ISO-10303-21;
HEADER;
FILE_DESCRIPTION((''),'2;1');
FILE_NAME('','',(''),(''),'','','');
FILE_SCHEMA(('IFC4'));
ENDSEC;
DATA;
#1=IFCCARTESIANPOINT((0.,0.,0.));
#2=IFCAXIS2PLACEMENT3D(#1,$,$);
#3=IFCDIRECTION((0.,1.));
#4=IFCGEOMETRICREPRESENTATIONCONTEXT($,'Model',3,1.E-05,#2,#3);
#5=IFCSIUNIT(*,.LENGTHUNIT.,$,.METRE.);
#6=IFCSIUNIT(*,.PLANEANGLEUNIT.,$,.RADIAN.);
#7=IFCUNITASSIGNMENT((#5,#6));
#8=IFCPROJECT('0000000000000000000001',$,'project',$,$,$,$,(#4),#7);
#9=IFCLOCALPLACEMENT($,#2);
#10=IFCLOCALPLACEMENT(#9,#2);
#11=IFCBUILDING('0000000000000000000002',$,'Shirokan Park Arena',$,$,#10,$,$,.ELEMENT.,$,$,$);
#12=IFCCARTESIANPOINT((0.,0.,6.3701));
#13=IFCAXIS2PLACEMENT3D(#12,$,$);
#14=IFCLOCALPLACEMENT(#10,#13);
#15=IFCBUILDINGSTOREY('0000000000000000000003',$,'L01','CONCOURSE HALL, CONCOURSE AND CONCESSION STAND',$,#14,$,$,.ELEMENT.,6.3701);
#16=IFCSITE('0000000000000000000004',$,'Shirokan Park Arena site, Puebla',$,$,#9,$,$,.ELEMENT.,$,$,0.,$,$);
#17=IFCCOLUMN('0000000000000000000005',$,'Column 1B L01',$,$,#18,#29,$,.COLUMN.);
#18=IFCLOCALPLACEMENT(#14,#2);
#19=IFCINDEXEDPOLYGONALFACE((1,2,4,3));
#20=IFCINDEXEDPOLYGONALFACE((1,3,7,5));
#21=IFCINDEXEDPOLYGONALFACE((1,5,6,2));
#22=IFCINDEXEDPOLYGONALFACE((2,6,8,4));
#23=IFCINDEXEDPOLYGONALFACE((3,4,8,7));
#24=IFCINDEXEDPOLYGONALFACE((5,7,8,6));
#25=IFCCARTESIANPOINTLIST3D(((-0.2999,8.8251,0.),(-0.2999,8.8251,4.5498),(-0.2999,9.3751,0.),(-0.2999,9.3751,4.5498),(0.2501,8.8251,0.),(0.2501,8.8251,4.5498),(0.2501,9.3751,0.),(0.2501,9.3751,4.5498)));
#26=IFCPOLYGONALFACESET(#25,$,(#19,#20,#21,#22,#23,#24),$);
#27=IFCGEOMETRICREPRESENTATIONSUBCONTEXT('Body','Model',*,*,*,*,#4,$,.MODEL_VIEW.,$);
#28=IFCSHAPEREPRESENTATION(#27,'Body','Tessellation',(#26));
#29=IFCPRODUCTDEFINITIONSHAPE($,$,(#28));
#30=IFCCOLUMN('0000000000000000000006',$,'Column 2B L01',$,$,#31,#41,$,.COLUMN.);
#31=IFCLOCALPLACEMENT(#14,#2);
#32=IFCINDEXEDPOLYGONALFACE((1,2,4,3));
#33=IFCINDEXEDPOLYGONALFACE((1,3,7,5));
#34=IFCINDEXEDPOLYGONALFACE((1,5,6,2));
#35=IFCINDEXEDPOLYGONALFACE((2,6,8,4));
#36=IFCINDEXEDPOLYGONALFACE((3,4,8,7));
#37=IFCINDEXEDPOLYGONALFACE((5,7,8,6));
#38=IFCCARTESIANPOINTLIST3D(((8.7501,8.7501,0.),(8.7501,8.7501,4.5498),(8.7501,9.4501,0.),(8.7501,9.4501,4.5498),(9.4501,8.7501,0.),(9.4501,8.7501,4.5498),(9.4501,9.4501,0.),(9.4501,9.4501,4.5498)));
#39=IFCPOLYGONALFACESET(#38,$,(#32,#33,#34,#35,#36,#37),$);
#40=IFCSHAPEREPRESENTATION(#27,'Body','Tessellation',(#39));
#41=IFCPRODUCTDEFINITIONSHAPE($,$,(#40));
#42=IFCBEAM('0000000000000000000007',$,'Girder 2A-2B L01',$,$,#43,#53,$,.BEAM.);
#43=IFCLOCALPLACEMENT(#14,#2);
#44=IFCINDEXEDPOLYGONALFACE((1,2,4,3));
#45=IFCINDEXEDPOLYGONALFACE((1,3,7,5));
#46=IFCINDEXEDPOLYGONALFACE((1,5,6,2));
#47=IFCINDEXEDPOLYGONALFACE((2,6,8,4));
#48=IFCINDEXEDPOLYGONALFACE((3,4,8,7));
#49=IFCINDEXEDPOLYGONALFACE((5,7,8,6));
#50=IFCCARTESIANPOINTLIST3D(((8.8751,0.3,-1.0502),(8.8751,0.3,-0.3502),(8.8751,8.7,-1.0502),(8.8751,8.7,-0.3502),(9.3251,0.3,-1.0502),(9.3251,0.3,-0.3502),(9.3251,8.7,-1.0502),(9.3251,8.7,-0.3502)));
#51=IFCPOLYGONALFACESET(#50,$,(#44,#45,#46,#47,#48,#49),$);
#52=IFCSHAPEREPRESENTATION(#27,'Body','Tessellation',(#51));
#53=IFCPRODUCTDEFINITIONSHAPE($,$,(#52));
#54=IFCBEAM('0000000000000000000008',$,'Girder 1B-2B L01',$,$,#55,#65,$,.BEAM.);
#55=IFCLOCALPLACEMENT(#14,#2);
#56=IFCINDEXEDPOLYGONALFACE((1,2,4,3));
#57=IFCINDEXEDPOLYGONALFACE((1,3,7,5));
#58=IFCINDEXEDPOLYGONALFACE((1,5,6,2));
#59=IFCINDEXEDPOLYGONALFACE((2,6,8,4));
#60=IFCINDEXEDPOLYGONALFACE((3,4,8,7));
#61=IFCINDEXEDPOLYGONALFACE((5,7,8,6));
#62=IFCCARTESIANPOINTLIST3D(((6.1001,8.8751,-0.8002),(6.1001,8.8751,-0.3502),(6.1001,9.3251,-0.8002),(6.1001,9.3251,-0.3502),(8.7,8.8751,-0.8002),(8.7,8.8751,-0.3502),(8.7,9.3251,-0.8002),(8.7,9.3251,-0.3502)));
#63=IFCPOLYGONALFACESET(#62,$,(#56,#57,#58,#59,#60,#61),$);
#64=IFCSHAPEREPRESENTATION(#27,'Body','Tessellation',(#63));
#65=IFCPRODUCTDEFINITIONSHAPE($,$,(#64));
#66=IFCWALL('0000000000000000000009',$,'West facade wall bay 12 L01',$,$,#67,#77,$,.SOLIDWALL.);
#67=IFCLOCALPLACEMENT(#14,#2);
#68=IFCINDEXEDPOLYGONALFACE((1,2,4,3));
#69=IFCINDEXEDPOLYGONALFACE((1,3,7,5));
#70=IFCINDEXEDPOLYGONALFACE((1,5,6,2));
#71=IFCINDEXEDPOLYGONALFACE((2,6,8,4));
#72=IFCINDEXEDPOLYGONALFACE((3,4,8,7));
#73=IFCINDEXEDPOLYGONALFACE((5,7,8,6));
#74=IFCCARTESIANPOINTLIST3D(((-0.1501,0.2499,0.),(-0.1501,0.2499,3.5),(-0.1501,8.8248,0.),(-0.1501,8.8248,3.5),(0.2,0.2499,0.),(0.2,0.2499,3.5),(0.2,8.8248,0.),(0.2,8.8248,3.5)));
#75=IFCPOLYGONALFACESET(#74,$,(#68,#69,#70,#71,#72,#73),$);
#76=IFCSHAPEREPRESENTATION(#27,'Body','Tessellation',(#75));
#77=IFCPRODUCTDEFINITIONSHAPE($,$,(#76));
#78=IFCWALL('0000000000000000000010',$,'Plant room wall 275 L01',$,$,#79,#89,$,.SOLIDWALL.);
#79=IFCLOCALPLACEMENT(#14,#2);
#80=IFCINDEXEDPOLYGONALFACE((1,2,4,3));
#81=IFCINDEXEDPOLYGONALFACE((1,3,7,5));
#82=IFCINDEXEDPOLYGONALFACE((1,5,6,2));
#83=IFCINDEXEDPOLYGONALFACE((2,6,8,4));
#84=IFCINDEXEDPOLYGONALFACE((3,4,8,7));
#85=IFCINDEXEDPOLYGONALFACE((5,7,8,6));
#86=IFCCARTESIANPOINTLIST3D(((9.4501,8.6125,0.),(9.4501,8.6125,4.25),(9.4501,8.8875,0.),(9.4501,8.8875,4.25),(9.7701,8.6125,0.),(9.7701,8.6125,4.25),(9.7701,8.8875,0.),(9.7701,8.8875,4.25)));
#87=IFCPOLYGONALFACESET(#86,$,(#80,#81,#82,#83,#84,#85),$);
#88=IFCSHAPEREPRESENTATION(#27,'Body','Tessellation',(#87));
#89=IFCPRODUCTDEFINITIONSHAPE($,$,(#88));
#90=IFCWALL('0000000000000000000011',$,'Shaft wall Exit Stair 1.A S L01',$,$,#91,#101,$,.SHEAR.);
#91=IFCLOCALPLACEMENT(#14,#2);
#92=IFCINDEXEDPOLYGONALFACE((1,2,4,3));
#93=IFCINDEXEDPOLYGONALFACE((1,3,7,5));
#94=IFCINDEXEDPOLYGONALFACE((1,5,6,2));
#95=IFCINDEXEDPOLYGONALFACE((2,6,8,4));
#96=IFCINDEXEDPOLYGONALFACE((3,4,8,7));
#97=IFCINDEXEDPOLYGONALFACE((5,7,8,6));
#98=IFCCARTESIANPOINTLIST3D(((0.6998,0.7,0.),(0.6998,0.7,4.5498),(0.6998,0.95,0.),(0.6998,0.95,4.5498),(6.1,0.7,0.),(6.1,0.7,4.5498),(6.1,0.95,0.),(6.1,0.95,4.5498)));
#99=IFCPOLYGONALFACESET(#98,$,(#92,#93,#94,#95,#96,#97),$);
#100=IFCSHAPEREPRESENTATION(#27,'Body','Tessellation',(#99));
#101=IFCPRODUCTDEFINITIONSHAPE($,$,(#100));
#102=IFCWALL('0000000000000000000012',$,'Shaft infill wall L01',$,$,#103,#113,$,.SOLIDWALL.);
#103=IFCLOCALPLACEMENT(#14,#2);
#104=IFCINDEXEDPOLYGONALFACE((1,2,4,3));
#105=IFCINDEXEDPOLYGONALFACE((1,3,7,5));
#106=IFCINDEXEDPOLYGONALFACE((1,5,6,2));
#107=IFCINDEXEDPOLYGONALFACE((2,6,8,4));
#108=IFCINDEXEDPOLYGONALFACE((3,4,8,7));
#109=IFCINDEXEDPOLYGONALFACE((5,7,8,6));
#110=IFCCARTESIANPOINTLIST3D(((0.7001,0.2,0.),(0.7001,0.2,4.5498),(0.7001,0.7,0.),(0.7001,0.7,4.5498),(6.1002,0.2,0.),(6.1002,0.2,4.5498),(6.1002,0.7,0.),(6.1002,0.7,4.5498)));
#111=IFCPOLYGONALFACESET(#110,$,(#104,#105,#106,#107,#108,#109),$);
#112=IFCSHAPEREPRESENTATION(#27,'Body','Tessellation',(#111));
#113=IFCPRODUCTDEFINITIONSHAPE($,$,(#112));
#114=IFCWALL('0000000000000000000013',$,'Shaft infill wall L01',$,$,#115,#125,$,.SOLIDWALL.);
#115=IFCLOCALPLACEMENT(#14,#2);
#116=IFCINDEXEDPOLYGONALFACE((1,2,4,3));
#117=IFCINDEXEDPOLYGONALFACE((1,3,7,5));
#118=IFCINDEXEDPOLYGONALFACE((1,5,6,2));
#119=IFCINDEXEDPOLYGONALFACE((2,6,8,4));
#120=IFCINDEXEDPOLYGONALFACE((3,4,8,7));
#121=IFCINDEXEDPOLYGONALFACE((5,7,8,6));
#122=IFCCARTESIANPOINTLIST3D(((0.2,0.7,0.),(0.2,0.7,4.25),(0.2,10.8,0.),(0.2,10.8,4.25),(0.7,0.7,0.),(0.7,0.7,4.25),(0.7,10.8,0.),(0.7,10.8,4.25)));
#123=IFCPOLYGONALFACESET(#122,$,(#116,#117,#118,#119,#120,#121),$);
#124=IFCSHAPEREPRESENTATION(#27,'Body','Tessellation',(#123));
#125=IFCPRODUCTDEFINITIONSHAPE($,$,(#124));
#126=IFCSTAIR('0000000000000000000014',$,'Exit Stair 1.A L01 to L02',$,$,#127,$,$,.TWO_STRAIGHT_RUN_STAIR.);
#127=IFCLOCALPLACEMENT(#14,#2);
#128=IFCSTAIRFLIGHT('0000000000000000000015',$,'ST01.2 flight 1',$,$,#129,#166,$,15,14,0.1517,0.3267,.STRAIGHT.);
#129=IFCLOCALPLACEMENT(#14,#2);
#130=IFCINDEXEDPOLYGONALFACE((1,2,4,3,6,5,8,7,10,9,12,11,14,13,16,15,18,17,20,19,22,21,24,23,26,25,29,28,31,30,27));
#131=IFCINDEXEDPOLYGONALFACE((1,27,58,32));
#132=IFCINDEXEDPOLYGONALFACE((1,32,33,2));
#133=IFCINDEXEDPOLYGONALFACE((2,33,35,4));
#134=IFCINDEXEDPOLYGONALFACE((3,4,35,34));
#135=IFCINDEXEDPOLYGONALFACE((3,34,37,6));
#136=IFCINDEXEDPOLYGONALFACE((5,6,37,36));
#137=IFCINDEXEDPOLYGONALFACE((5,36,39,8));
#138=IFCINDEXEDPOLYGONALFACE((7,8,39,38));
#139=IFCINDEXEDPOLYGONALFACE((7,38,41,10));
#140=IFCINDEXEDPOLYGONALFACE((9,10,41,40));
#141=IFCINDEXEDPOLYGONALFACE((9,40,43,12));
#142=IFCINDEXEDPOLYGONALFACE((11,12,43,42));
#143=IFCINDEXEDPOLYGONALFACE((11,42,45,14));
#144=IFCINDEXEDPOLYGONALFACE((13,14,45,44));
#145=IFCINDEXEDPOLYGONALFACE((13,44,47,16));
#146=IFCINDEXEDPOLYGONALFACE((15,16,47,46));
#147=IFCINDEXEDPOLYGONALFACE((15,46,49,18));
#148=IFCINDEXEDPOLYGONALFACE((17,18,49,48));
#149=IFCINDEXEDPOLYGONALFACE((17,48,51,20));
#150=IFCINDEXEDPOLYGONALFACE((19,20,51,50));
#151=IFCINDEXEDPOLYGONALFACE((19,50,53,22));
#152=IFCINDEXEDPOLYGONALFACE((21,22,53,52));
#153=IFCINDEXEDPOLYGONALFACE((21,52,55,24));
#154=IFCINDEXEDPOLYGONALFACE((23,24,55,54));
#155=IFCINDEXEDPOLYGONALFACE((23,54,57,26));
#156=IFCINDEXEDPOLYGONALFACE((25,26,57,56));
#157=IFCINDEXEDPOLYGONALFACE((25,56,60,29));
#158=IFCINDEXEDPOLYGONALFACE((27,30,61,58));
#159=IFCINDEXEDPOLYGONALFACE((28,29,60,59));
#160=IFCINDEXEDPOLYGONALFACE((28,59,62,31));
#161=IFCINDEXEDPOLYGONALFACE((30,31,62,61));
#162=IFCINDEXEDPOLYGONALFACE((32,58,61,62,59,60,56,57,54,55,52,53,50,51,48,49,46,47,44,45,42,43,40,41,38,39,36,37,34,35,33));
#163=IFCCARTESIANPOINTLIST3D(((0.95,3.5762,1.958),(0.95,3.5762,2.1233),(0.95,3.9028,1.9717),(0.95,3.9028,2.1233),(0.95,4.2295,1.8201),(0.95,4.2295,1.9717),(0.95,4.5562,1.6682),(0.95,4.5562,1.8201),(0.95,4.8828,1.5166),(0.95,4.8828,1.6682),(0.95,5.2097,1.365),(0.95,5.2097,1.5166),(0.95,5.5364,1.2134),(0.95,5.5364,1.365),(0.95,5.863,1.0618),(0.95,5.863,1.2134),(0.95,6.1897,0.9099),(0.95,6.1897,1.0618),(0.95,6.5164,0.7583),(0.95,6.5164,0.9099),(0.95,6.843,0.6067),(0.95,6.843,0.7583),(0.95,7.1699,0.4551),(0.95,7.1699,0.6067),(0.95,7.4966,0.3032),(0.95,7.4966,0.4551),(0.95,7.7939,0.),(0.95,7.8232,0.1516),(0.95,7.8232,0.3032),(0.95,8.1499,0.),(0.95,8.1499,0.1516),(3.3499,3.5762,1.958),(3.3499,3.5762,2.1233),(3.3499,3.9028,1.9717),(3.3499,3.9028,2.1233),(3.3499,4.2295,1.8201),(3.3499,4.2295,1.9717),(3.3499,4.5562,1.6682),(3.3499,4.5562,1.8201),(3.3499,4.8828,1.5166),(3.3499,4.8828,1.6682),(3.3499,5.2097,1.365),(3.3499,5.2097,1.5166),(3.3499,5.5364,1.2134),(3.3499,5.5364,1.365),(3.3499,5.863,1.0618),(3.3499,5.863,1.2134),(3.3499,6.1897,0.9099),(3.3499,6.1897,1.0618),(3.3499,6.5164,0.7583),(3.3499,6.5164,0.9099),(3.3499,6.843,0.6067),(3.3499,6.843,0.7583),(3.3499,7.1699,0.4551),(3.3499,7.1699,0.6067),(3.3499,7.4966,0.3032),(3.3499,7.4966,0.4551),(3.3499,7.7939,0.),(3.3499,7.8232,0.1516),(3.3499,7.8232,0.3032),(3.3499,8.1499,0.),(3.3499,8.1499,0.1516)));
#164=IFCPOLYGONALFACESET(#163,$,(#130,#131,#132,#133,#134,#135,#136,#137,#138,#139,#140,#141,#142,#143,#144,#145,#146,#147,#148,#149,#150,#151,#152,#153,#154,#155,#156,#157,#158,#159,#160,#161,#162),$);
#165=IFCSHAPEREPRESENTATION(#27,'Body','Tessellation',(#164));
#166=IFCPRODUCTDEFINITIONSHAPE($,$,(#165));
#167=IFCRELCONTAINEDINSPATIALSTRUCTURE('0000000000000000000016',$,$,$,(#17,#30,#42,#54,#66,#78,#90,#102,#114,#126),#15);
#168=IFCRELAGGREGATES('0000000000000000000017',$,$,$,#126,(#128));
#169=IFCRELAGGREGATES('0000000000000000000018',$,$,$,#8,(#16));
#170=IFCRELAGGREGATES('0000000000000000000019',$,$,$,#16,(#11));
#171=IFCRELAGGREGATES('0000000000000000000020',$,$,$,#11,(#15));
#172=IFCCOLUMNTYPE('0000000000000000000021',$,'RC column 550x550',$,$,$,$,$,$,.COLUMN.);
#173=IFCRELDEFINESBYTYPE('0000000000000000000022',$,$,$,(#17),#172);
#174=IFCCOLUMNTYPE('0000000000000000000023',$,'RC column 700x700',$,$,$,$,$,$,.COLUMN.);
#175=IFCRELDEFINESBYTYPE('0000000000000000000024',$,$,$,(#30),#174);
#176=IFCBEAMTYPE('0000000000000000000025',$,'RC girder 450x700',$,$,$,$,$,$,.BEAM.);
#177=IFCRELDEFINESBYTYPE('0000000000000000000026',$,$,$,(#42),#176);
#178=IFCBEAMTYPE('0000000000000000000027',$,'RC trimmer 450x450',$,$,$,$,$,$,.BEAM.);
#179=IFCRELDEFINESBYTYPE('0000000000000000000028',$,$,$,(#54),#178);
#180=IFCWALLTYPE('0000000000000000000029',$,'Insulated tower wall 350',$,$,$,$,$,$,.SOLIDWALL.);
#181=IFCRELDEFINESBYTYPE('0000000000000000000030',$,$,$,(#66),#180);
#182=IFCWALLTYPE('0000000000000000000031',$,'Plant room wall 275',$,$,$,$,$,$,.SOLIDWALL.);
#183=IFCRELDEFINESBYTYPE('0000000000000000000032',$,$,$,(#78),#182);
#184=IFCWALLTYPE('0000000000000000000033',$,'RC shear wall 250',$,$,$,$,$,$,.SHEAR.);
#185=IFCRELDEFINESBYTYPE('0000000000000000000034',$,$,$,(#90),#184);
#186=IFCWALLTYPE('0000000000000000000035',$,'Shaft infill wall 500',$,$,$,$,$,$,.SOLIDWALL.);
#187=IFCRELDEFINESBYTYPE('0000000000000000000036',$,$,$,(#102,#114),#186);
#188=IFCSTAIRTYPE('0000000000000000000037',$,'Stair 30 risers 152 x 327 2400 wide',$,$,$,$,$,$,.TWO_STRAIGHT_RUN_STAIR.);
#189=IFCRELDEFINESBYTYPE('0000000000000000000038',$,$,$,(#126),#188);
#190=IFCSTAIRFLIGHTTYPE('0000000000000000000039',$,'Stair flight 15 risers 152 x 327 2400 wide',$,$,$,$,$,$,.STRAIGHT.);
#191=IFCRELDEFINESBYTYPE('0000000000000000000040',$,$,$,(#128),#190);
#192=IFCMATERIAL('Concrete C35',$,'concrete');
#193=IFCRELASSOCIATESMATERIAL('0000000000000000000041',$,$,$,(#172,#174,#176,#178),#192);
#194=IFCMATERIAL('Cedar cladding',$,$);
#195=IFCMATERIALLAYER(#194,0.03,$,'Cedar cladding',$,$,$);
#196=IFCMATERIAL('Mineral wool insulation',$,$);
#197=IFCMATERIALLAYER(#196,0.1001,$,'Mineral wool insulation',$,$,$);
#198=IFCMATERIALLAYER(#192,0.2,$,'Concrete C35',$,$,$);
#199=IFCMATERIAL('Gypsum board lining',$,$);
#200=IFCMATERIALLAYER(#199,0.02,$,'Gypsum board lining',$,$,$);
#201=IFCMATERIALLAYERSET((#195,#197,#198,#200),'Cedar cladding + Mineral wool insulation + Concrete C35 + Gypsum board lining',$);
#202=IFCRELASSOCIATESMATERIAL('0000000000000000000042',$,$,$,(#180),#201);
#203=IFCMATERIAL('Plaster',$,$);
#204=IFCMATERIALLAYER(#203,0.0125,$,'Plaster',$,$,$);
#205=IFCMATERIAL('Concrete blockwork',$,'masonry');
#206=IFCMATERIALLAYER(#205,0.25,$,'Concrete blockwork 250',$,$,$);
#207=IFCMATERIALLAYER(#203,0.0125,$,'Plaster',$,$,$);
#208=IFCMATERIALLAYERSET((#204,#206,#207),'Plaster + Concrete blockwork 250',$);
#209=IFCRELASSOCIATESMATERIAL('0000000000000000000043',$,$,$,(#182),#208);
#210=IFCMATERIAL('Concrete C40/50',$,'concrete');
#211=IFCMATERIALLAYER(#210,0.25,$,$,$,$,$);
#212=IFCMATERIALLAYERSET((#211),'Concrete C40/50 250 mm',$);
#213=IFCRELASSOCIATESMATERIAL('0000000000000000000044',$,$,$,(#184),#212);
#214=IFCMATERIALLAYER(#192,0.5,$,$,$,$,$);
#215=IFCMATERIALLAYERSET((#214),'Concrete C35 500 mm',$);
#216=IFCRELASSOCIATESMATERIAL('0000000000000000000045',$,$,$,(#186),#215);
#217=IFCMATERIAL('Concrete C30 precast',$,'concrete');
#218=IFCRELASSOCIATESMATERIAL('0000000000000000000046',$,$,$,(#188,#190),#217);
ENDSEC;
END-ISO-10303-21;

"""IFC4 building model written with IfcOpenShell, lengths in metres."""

from ifc_helpers import new_model, si_unit, direction, frame, frame_2d, origin, origin_2d, place, context, subcontext, project, spatial, polyline, rectangle, outline, extrude, material, layer, layer_set, material_profile, profile_set, type_object, element, aggregate, save


model = new_model("IFC4")

# Units and contexts
model_context = context("Model", 3, precision=1e-05, world=origin(), true_north=direction((0.0, 1.0)))
body_context = subcontext(model_context, "Body", "Model", "MODEL_VIEW")
ifc_project = project(units=[si_unit("LENGTHUNIT", "METRE"), si_unit("PLANEANGLEUNIT", "RADIAN")], contexts=[model_context])

# Site, building, storey
site_placement = place(None, origin())
site = spatial("IfcSite", under=ifc_project, at=site_placement, Name="Shirokan Park Arena site, Puebla", CompositionType="ELEMENT", RefElevation=0.0)
building_placement = place(site_placement, origin())
building = spatial("IfcBuilding", under=site, at=building_placement, Name="Shirokan Park Arena", CompositionType="ELEMENT")
storey_placement = place(building_placement, frame((0.0, 0.0, 6.3701)))
storey = spatial("IfcBuildingStorey", under=building, at=storey_placement, Name="L01", Description="CONCOURSE HALL, CONCOURSE AND CONCESSION STAND", CompositionType="ELEMENT", Elevation=6.3701)

# Columns
ifc_material_1 = material(Name="Concrete C35", Category="concrete")
ifc_material_profile_1 = material_profile(ifc_material_1, rectangle(XDim=0.55, YDim=0.55, at=origin_2d()), Name="550x550")
ifc_profile_set_1 = profile_set([ifc_material_profile_1], Name="Concrete C35")
column_type_1 = type_object("IfcColumnType", Name="RC column 550x550", PredefinedType="COLUMN", material=ifc_profile_set_1)
column_1_placement = place(storey_placement, frame((-0.0249, 9.1001, 0.0), z_axis=(0.0, 0.0, 1.0), x_axis=(1.0, 0.0, 0.0)))
element("IfcColumn", 1, at=column_1_placement, inside=storey, type_object=column_type_1, Name="Column 1B L01", PredefinedType="COLUMN", context=body_context, shape_type="SweptSolid", body=[
    extrude(rectangle(XDim=0.55, YDim=0.55, at=origin_2d()), origin(), (0.0, 0.0, 1.0), 4.5498),
])
ifc_material_profile_2 = material_profile(ifc_material_1, rectangle(XDim=0.7, YDim=0.7, at=origin_2d()), Name="700x700")
ifc_profile_set_2 = profile_set([ifc_material_profile_2], Name="Concrete C35")
column_type_2 = type_object("IfcColumnType", Name="RC column 700x700", PredefinedType="COLUMN", material=ifc_profile_set_2)
column_2_placement = place(storey_placement, frame((9.1001, 9.1001, 0.0), z_axis=(0.0, 0.0, 1.0), x_axis=(1.0, 0.0, 0.0)))
element("IfcColumn", 2, at=column_2_placement, inside=storey, type_object=column_type_2, Name="Column 2B L01", PredefinedType="COLUMN", context=body_context, shape_type="SweptSolid", body=[
    extrude(rectangle(XDim=0.7, YDim=0.7, at=origin_2d()), origin(), (0.0, 0.0, 1.0), 4.5498),
])

# Beams
ifc_material_profile_3 = material_profile(ifc_material_1, rectangle(XDim=0.45, YDim=0.7, at=origin_2d()), Name="450x700")
ifc_profile_set_3 = profile_set([ifc_material_profile_3], Name="Concrete C35")
beam_type_1 = type_object("IfcBeamType", Name="RC girder 450x700", PredefinedType="BEAM", material=ifc_profile_set_3)
beam_1_placement = place(storey_placement, frame((9.1001, 0.3, -0.7002), z_axis=(0.0, 1.0, 0.0), x_axis=(-1.0, 0.0, 0.0)))
element("IfcBeam", 3, at=beam_1_placement, inside=storey, type_object=beam_type_1, Name="Girder 2A-2B L01", PredefinedType="BEAM", context=body_context, shape_type="SweptSolid", body=[
    extrude(rectangle(XDim=0.45, YDim=0.7, at=origin_2d()), origin(), (0.0, 0.0, 1.0), 8.3999),
])
ifc_material_profile_4 = material_profile(ifc_material_1, rectangle(XDim=0.45, YDim=0.45, at=origin_2d()), Name="450x450")
ifc_profile_set_4 = profile_set([ifc_material_profile_4], Name="Concrete C35")
beam_type_2 = type_object("IfcBeamType", Name="RC trimmer 450x450", PredefinedType="BEAM", material=ifc_profile_set_4)
beam_2_placement = place(storey_placement, frame((6.1001, 9.1001, -0.5752), z_axis=(1.0, 0.0, 0.0), x_axis=(0.0, 1.0, 0.0)))
element("IfcBeam", 4, at=beam_2_placement, inside=storey, type_object=beam_type_2, Name="Girder 1B-2B L01", PredefinedType="BEAM", context=body_context, shape_type="SweptSolid", body=[
    extrude(rectangle(XDim=0.45, YDim=0.45, at=origin_2d()), origin(), (0.0, 0.0, 1.0), 2.5999),
])

# Walls
ifc_material_2 = material(Name="Cedar cladding")
ifc_layer_1 = layer(ifc_material_2, 0.03, Name="Cedar cladding")
ifc_material_3 = material(Name="Mineral wool insulation")
ifc_layer_2 = layer(ifc_material_3, 0.1001, Name="Mineral wool insulation")
ifc_layer_3 = layer(ifc_material_1, 0.2, Name="Concrete C35")
ifc_material_4 = material(Name="Gypsum board lining")
ifc_layer_4 = layer(ifc_material_4, 0.02, Name="Gypsum board lining")
ifc_layer_set_1 = layer_set([ifc_layer_1, ifc_layer_2, ifc_layer_3, ifc_layer_4], Name="Cedar cladding + Mineral wool insulation + Concrete C35 + Gypsum board lining")
wall_type_1 = type_object("IfcWallType", Name="Insulated tower wall 350", PredefinedType="SOLIDWALL", material=ifc_layer_set_1)
wall_1_placement = place(storey_placement, frame((0.0249, 8.825, 0.0), z_axis=(0.0, 0.0, 1.0), x_axis=(0.0, -1.0, 0.0)))
element("IfcWall", 5, at=wall_1_placement, inside=storey, type_object=wall_type_1, Name="West facade wall bay 12 L01", PredefinedType="SOLIDWALL", context=body_context, shape_type="SweptSolid", body=[
    extrude(rectangle(XDim=8.575, YDim=0.3501, at=frame_2d((4.2876, 0.0))), origin(), (0.0, 0.0, 1.0), 3.5),
])
ifc_material_5 = material(Name="Plaster")
ifc_layer_5 = layer(ifc_material_5, 0.0125, Name="Plaster")
ifc_material_6 = material(Name="Concrete blockwork", Category="masonry")
ifc_layer_6 = layer(ifc_material_6, 0.25, Name="Concrete blockwork 250")
ifc_layer_7 = layer(ifc_material_5, 0.0125, Name="Plaster")
ifc_layer_set_2 = layer_set([ifc_layer_5, ifc_layer_6, ifc_layer_7], Name="Plaster + Concrete blockwork 250")
wall_type_2 = type_object("IfcWallType", Name="Plant room wall 275", PredefinedType="SOLIDWALL", material=ifc_layer_set_2)
wall_2_placement = place(storey_placement, frame((9.45, 8.75, 0.0), z_axis=(0.0, 0.0, 1.0), x_axis=(1.0, 0.0, 0.0)))
element("IfcWall", 6, at=wall_2_placement, inside=storey, type_object=wall_type_2, Name="Plant room wall 275 L01", PredefinedType="SOLIDWALL", context=body_context, shape_type="SweptSolid", body=[
    extrude(rectangle(XDim=0.3201, YDim=0.2749, at=frame_2d((0.1602, 0.0))), origin(), (0.0, 0.0, 1.0), 4.25),
])
ifc_material_7 = material(Name="Concrete C40/50", Category="concrete")
ifc_layer_8 = layer(ifc_material_7, 0.25)
ifc_layer_set_3 = layer_set([ifc_layer_8], Name="Concrete C40/50 250 mm")
wall_type_3 = type_object("IfcWallType", Name="RC shear wall 250", PredefinedType="SHEAR", material=ifc_layer_set_3)
wall_3_placement = place(storey_placement, frame((6.1001, 0.825, 0.0), z_axis=(0.0, 0.0, 1.0), x_axis=(-1.0, 0.0, 0.0)))
element("IfcWall", 7, at=wall_3_placement, inside=storey, type_object=wall_type_3, Name="Shaft wall Exit Stair 1.A S L01", PredefinedType="SHEAR", context=body_context, shape_type="SweptSolid", body=[
    extrude(rectangle(XDim=5.4001, YDim=0.25, at=frame_2d((2.7002, 0.0))), origin(), (0.0, 0.0, 1.0), 4.5498),
])
ifc_layer_9 = layer(ifc_material_1, 0.5)
ifc_layer_set_4 = layer_set([ifc_layer_9], Name="Concrete C35 500 mm")
wall_type_4 = type_object("IfcWallType", Name="Shaft infill wall 500", PredefinedType="SOLIDWALL", material=ifc_layer_set_4)
wall_4_placement = place(storey_placement, frame((0.7, 0.45, 0.0), z_axis=(0.0, 0.0, 1.0), x_axis=(1.0, 0.0, 0.0)))
element("IfcWall", 8, at=wall_4_placement, inside=storey, type_object=wall_type_4, Name="Shaft infill wall L01", PredefinedType="SOLIDWALL", context=body_context, shape_type="SweptSolid", body=[
    extrude(rectangle(XDim=5.4001, YDim=0.5, at=frame_2d((2.7002, 0.0))), origin(), (0.0, 0.0, 1.0), 4.5498),
])
wall_5_placement = place(storey_placement, frame((0.45, 0.7, 0.0), z_axis=(0.0, 0.0, 1.0), x_axis=(0.0, 1.0, 0.0)))
element("IfcWall", 9, at=wall_5_placement, inside=storey, type_object=wall_type_4, Name="Shaft infill wall L01", PredefinedType="SOLIDWALL", context=body_context, shape_type="SweptSolid", body=[
    extrude(rectangle(XDim=10.1001, YDim=0.5, at=frame_2d((5.05, 0.0))), origin(), (0.0, 0.0, 1.0), 4.25),
])

# Stair, stair flight
ifc_material_8 = material(Name="Concrete C30 precast", Category="concrete")
stair_type = type_object("IfcStairType", Name="Stair 30 risers 152 x 327 2400 wide", PredefinedType="TWO_STRAIGHT_RUN_STAIR", material=ifc_material_8)
stair_placement = place(storey_placement, origin())
stair = element("IfcStair", 10, at=stair_placement, inside=storey, type_object=stair_type, Name="Exit Stair 1.A L01 to L02", PredefinedType="TWO_STRAIGHT_RUN_STAIR")
stair_flight_type = type_object("IfcStairFlightType", Name="Stair flight 15 risers 152 x 327 2400 wide", PredefinedType="STRAIGHT", material=ifc_material_8)
stair_flight_1_placement = place(storey_placement, frame((2.1499, 8.1499, 0.0), z_axis=(0.0, 0.0, 1.0), x_axis=(0.0, -1.0, 0.0)))
stair_flight_1 = element("IfcStairFlight", 11, at=stair_flight_1_placement, type_object=stair_flight_type, Name="ST01.2 flight 1", NumberOfRisers=15, NumberOfTreads=14, PredefinedType="STRAIGHT", RiserHeight=0.1517, TreadLength=0.3267, context=body_context, shape_type="SweptSolid", body=[
    extrude(outline(polyline([(0.0, 0.0), (0.0, 0.1516), (0.3267, 0.1516), (0.3267, 0.3032), (0.6533, 0.3032), (0.6533, 0.4551), (0.98, 0.4551), (0.98, 0.6067), (1.3069, 0.6067), (1.3069, 0.7583), (1.6335, 0.7583), (1.6335, 0.9099), (1.9602, 0.9099), (1.9602, 1.0618), (2.2869, 1.0618), (2.2869, 1.2134), (2.6135, 1.2134), (2.6135, 1.365), (2.9402, 1.365), (2.9402, 1.5166), (3.2671, 1.5166), (3.2671, 1.6682), (3.5938, 1.6682), (3.5938, 1.8201), (3.9204, 1.8201), (3.9204, 1.9717), (4.2471, 1.9717), (4.2471, 2.1233), (4.5737, 2.1233), (4.5737, 2.2749), (4.5737, 1.958), (0.356, 0.0), (0.0, 0.0)])), frame((0.0, 1.2, 0.0), z_axis=(0.0, -1.0, 0.0), x_axis=(1.0, 0.0, 0.0)), (0.0, 0.0, 1.0), 2.3999),
])
aggregate(stair, [stair_flight_1])

save(model, "model.ifc")
